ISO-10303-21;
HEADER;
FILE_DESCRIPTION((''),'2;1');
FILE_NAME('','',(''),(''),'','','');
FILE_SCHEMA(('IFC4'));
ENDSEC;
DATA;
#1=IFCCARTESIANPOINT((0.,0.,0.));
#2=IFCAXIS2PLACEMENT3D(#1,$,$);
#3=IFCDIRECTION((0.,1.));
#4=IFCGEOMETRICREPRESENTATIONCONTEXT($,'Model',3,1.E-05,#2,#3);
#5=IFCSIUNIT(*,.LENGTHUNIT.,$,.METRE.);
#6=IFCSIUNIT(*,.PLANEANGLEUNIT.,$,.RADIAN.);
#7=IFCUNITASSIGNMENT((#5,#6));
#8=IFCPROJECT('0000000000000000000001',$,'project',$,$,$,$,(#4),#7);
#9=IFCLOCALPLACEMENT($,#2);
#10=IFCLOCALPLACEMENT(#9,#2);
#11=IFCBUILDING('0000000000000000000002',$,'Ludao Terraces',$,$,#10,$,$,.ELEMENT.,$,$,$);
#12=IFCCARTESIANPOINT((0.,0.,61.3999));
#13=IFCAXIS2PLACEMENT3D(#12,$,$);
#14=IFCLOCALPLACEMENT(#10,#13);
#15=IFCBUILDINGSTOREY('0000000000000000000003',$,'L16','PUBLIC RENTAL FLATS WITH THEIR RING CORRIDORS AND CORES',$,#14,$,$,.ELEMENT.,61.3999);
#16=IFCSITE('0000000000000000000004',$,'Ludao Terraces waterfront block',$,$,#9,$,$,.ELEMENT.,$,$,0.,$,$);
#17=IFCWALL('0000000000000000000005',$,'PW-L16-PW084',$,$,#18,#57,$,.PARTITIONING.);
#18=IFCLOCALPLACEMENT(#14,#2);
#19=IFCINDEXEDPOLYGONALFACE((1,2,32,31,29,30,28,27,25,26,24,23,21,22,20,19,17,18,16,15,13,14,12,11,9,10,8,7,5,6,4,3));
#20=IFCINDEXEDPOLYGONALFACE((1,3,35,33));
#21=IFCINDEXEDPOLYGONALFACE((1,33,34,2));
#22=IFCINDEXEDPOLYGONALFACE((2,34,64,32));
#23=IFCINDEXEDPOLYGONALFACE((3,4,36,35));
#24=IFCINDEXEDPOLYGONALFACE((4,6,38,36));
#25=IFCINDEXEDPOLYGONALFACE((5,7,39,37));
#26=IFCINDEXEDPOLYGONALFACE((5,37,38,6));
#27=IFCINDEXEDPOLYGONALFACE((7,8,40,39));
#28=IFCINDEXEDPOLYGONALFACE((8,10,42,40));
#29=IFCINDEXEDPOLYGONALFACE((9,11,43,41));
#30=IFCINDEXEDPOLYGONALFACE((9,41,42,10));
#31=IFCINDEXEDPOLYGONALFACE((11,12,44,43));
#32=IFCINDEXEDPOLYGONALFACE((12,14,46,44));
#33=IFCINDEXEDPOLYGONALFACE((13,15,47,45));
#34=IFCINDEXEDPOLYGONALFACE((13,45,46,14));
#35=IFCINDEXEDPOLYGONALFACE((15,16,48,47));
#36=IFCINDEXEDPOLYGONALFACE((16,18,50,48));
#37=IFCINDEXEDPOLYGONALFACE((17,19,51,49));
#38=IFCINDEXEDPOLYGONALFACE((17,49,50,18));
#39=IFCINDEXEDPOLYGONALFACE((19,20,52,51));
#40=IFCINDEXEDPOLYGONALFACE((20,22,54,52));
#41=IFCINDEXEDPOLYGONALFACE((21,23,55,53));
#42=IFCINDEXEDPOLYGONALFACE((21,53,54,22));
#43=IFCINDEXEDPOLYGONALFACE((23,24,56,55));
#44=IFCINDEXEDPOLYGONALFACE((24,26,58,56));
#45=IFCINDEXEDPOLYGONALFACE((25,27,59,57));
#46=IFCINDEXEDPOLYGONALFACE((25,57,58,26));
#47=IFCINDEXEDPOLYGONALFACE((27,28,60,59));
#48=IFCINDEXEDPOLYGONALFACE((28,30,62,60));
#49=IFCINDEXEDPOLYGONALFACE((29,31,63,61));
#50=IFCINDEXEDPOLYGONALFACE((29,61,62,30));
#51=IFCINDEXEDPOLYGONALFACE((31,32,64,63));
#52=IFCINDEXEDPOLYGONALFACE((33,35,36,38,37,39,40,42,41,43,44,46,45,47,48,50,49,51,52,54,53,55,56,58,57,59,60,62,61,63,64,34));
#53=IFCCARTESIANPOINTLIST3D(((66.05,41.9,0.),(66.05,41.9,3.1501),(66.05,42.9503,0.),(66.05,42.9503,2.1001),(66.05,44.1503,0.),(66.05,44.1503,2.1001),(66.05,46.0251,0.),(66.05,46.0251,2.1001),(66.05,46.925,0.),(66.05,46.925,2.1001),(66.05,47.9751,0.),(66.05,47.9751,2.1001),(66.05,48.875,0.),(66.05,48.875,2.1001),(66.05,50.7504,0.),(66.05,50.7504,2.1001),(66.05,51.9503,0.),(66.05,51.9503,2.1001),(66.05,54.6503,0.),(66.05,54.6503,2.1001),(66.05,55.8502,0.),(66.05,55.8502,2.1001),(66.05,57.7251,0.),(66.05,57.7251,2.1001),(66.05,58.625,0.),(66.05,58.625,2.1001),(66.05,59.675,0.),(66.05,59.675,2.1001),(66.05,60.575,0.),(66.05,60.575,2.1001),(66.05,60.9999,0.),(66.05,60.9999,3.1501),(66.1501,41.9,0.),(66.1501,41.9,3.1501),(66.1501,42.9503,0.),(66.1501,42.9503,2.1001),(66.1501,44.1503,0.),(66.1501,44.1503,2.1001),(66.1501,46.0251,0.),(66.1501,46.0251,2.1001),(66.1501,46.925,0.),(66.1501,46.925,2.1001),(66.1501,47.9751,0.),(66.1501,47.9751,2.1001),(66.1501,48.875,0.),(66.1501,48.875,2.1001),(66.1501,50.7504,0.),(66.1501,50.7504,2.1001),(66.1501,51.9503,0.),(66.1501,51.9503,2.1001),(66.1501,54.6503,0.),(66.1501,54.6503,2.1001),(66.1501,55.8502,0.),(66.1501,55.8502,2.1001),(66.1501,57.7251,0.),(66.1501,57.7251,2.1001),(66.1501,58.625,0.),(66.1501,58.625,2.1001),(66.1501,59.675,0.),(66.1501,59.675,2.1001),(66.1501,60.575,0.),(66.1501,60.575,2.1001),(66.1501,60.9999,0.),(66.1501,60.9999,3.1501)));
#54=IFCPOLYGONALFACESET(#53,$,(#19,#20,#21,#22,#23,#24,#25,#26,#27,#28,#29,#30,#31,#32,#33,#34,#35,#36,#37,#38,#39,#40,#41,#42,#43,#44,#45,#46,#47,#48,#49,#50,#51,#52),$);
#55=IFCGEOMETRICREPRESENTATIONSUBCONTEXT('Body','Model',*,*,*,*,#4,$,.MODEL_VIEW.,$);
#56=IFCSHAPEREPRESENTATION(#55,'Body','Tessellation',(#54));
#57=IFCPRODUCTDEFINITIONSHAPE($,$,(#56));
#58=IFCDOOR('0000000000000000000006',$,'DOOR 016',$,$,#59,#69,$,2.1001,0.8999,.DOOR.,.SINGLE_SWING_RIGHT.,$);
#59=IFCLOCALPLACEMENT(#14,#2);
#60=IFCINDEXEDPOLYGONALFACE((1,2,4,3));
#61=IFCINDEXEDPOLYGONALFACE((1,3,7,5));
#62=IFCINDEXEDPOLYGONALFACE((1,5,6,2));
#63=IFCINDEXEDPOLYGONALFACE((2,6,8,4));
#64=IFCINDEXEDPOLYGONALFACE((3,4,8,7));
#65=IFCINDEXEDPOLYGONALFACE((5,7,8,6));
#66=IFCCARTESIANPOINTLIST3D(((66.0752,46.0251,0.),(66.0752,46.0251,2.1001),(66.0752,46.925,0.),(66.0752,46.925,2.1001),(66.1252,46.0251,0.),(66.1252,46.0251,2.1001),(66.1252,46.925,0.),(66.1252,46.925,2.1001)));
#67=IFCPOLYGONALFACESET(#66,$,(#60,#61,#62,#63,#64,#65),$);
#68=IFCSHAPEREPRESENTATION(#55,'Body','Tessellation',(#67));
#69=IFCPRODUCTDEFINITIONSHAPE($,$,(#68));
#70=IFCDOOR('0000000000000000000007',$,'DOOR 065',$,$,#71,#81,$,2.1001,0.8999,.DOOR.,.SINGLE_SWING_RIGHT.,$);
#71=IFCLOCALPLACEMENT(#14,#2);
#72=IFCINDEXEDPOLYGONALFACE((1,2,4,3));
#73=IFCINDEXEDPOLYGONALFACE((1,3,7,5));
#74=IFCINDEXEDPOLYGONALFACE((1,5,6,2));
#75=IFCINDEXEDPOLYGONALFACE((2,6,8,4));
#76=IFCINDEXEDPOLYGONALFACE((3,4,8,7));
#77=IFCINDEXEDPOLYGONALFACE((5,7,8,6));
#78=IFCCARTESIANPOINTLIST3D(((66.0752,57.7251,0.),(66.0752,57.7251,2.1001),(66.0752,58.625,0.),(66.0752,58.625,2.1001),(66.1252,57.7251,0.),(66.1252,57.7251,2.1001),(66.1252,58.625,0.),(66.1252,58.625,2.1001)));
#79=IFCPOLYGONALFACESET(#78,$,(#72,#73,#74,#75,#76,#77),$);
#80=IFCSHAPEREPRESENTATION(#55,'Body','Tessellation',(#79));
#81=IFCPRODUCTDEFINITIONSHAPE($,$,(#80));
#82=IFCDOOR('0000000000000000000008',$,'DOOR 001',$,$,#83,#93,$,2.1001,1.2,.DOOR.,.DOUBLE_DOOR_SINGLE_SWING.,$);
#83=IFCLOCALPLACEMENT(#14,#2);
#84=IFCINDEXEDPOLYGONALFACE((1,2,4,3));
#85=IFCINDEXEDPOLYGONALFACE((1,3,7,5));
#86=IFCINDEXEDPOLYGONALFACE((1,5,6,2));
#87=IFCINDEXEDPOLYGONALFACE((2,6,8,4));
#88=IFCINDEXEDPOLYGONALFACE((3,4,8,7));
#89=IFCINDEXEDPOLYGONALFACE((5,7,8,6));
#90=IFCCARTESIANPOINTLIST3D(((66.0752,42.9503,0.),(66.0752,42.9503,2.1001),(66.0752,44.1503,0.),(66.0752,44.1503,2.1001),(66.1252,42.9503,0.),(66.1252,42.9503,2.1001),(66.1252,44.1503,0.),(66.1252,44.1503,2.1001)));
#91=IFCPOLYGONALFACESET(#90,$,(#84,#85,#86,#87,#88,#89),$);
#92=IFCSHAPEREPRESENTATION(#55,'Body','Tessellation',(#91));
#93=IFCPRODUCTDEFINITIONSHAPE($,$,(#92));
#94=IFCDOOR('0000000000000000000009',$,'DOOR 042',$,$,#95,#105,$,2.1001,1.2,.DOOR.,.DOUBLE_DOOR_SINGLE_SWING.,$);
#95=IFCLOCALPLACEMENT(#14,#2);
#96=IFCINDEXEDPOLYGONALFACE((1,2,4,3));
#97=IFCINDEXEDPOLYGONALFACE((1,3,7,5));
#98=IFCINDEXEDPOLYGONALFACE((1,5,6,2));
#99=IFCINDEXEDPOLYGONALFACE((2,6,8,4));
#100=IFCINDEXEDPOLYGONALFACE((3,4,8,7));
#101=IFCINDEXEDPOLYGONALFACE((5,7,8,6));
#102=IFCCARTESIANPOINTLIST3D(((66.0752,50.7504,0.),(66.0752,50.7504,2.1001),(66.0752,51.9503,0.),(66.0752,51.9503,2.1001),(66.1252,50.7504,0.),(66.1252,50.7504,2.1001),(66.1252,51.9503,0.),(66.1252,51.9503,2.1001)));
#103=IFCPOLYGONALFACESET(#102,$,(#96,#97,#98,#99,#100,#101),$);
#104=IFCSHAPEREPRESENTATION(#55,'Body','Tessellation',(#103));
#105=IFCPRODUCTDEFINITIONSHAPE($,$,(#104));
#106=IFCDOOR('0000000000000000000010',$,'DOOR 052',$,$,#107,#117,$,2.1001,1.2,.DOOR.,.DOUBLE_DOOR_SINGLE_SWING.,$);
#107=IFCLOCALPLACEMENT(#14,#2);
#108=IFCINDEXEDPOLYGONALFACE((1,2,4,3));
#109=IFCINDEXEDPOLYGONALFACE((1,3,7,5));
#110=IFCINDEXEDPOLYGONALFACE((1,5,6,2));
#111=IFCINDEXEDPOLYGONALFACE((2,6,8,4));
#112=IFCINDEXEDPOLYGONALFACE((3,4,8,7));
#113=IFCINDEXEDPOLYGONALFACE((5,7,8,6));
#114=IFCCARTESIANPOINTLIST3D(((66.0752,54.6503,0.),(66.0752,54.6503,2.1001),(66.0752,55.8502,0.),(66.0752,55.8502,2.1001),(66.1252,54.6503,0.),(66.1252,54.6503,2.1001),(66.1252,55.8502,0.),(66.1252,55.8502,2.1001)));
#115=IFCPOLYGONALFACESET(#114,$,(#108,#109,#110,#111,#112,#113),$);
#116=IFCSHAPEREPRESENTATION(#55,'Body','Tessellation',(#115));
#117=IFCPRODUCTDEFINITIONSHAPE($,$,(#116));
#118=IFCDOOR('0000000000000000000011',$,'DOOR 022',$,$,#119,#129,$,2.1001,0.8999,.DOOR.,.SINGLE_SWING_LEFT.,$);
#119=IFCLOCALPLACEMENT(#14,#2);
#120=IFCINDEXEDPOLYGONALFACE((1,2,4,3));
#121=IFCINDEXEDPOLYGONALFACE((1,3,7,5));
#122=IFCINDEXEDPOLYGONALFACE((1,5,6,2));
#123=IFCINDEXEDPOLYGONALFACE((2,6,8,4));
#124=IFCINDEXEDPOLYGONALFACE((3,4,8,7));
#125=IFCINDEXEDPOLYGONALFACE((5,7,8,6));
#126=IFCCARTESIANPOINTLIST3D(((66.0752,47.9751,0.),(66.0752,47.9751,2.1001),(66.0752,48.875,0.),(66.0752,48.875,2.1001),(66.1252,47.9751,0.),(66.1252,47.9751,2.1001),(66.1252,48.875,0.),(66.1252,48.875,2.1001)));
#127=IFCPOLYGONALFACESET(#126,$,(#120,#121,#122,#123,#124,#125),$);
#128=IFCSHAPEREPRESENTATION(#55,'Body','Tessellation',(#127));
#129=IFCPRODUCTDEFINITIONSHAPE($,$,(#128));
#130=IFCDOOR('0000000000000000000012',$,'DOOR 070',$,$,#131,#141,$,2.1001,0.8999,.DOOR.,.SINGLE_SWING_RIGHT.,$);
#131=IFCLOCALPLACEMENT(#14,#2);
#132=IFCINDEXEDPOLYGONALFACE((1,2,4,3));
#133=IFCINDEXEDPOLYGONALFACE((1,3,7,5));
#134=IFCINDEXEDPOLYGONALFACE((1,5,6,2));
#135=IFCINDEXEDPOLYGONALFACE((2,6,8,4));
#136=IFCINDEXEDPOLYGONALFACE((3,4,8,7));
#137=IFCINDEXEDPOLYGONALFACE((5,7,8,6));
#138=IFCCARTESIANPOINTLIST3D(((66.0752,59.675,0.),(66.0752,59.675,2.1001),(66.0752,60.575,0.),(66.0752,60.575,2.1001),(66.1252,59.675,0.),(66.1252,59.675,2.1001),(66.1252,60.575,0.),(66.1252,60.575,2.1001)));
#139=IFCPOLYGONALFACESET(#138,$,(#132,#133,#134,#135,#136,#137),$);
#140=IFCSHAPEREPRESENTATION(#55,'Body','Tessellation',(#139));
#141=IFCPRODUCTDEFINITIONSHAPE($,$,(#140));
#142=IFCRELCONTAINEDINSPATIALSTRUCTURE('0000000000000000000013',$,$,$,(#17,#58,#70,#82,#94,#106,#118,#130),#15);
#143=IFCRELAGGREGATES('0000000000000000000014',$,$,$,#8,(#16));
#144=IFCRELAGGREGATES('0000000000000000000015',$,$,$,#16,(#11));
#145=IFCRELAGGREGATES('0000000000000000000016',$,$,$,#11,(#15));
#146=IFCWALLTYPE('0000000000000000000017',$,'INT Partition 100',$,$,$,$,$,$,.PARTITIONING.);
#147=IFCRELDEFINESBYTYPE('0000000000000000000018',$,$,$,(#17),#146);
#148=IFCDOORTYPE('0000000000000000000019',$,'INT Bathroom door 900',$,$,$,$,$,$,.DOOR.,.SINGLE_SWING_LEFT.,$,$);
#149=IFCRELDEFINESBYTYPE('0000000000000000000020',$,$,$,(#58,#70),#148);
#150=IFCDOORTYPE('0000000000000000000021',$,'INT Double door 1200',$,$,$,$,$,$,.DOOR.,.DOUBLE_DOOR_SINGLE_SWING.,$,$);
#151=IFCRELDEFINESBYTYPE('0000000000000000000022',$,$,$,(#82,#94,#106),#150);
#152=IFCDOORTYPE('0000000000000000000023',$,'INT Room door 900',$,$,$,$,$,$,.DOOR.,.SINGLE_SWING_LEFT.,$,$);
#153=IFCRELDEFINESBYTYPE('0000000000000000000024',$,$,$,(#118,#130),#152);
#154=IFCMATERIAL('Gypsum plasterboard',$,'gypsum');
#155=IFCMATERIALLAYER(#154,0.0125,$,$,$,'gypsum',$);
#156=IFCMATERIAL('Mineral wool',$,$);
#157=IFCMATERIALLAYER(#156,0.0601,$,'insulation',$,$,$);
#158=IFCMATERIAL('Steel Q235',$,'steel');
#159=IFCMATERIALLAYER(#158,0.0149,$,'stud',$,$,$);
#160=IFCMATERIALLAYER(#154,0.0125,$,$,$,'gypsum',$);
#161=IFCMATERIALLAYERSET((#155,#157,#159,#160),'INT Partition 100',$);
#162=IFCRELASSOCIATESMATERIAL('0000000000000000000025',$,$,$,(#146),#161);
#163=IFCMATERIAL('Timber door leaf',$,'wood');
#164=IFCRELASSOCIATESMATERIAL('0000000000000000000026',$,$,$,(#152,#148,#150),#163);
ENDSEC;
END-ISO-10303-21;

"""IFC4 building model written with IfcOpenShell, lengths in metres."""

from ifc_helpers import new_model, si_unit, direction, frame, frame_2d, origin, place, context, subcontext, project, spatial, rectangle, extrude, material, layer, layer_set, type_object, element, fill, save


model = new_model("IFC4")

# Units and contexts
model_context = context("Model", 3, precision=1e-05, world=origin(), true_north=direction((0.0, 1.0)))
body_context = subcontext(model_context, "Body", "Model", "MODEL_VIEW")
ifc_project = project(units=[si_unit("LENGTHUNIT", "METRE"), si_unit("PLANEANGLEUNIT", "RADIAN")], contexts=[model_context])

# Site, building, storey
site_placement = place(None, origin())
site = spatial("IfcSite", under=ifc_project, at=site_placement, Name="Ludao Terraces waterfront block", CompositionType="ELEMENT", RefElevation=0.0)
building_placement = place(site_placement, origin())
building = spatial("IfcBuilding", under=site, at=building_placement, Name="Ludao Terraces", CompositionType="ELEMENT")
storey_placement = place(building_placement, frame((0.0, 0.0, 61.3999)))
storey = spatial("IfcBuildingStorey", under=building, at=storey_placement, Name="L16", Description="PUBLIC RENTAL FLATS WITH THEIR RING CORRIDORS AND CORES", CompositionType="ELEMENT", Elevation=61.3999)

# Shared definitions
ifc_material_1 = material(Name="Mineral wool")

# Shared definitions
ifc_material_2 = material(Name="Gypsum plasterboard", Category="gypsum")
ifc_layer_1 = layer(ifc_material_2, 0.0125, Category="gypsum")
ifc_layer_2 = layer(ifc_material_1, 0.0601, Name="insulation")
ifc_material_3 = material(Name="Steel Q235", Category="steel")
ifc_layer_3 = layer(ifc_material_3, 0.0149, Name="stud")
ifc_layer_4 = layer(ifc_material_2, 0.0125, Category="gypsum")
ifc_layer_set_1 = layer_set([ifc_layer_1, ifc_layer_2, ifc_layer_3, ifc_layer_4], Name="INT Partition 100")
wall_type_1 = type_object("IfcWallType", Name="INT Partition 100", PredefinedType="PARTITIONING", material=ifc_layer_set_1)
ifc_material_4 = material(Name="Timber door leaf", Category="wood")
door_type_1 = type_object("IfcDoorType", Name="INT Room door 900", OperationType="SINGLE_SWING_LEFT", PredefinedType="DOOR", material=ifc_material_4)

# Wall, openings, doors
wall_1_placement = place(storey_placement, frame((66.1001, 41.9001, 0.0), z_axis=(0.0, 0.0, 1.0), x_axis=(0.0, 1.0, 0.0)))
wall_1 = element("IfcWall", 1, at=wall_1_placement, inside=storey, type_object=wall_type_1, Name="PW-L16-PW084", PredefinedType="PARTITIONING", context=body_context, shape_type="SweptSolid", body=[
    extrude(rectangle(XDim=19.0999, YDim=0.1001, at=frame_2d((9.5498, 0.0))), origin(), (0.0, 0.0, 1.0), 3.1501),
])
opening_1_placement = place(wall_1_placement, frame((1.05, 0.0, 0.0)))
opening_1 = element("IfcOpeningElement", 2, at=opening_1_placement, cuts=wall_1, PredefinedType="OPENING", context=body_context, shape_type="SweptSolid", body=[
    extrude(rectangle(XDim=1.2, YDim=2.1001, at=frame_2d((0.6001, 1.05))), frame((0.0, 0.0601, 0.0), z_axis=(0.0, -1.0, 0.0), x_axis=(1.0, 0.0, 0.0)), (0.0, 0.0, 1.0), 0.1201),
])
opening_2_placement = place(wall_1_placement, frame((4.125, 0.0, 0.0)))
opening_2 = element("IfcOpeningElement", 3, at=opening_2_placement, cuts=wall_1, PredefinedType="OPENING", context=body_context, shape_type="SweptSolid", body=[
    extrude(rectangle(XDim=0.8999, YDim=2.1001, at=frame_2d((0.45, 1.05))), frame((0.0, 0.0601, 0.0), z_axis=(0.0, -1.0, 0.0), x_axis=(1.0, 0.0, 0.0)), (0.0, 0.0, 1.0), 0.1201),
])
opening_3_placement = place(wall_1_placement, frame((6.075, 0.0, 0.0)))
opening_3 = element("IfcOpeningElement", 4, at=opening_3_placement, cuts=wall_1, PredefinedType="OPENING", context=body_context, shape_type="SweptSolid", body=[
    extrude(rectangle(XDim=0.8999, YDim=2.1001, at=frame_2d((0.45, 1.05))), frame((0.0, 0.0601, 0.0), z_axis=(0.0, -1.0, 0.0), x_axis=(1.0, 0.0, 0.0)), (0.0, 0.0, 1.0), 0.1201),
])
opening_4_placement = place(wall_1_placement, frame((8.8501, 0.0, 0.0)))
opening_4 = element("IfcOpeningElement", 5, at=opening_4_placement, cuts=wall_1, PredefinedType="OPENING", context=body_context, shape_type="SweptSolid", body=[
    extrude(rectangle(XDim=1.2, YDim=2.1001, at=frame_2d((0.6001, 1.05))), frame((0.0, 0.0601, 0.0), z_axis=(0.0, -1.0, 0.0), x_axis=(1.0, 0.0, 0.0)), (0.0, 0.0, 1.0), 0.1201),
])
opening_5_placement = place(wall_1_placement, frame((12.75, 0.0, 0.0)))
opening_5 = element("IfcOpeningElement", 6, at=opening_5_placement, cuts=wall_1, PredefinedType="OPENING", context=body_context, shape_type="SweptSolid", body=[
    extrude(rectangle(XDim=1.2, YDim=2.1001, at=frame_2d((0.6001, 1.05))), frame((0.0, 0.0601, 0.0), z_axis=(0.0, -1.0, 0.0), x_axis=(1.0, 0.0, 0.0)), (0.0, 0.0, 1.0), 0.1201),
])
opening_6_placement = place(wall_1_placement, frame((15.825, 0.0, 0.0)))
opening_6 = element("IfcOpeningElement", 7, at=opening_6_placement, cuts=wall_1, PredefinedType="OPENING", context=body_context, shape_type="SweptSolid", body=[
    extrude(rectangle(XDim=0.8999, YDim=2.1001, at=frame_2d((0.45, 1.05))), frame((0.0, 0.0601, 0.0), z_axis=(0.0, -1.0, 0.0), x_axis=(1.0, 0.0, 0.0)), (0.0, 0.0, 1.0), 0.1201),
])
opening_7_placement = place(wall_1_placement, frame((17.7749, 0.0, 0.0)))
opening_7 = element("IfcOpeningElement", 8, at=opening_7_placement, cuts=wall_1, PredefinedType="OPENING", context=body_context, shape_type="SweptSolid", body=[
    extrude(rectangle(XDim=0.8999, YDim=2.1001, at=frame_2d((0.45, 1.05))), frame((0.0, 0.0601, 0.0), z_axis=(0.0, -1.0, 0.0), x_axis=(1.0, 0.0, 0.0)), (0.0, 0.0, 1.0), 0.1201),
])
door_type_2 = type_object("IfcDoorType", Name="INT Bathroom door 900", OperationType="SINGLE_SWING_LEFT", PredefinedType="DOOR", material=ifc_material_4)
door_1_placement = place(opening_2_placement, origin())
door_1 = element("IfcDoor", 9, at=door_1_placement, inside=storey, type_object=door_type_2, Name="DOOR 016", OperationType="SINGLE_SWING_RIGHT", OverallHeight=2.1001, OverallWidth=0.8999, PredefinedType="DOOR", context=body_context, shape_type="SweptSolid", body=[
    extrude(rectangle(XDim=0.8999, YDim=2.1001, at=frame_2d((0.45, 1.05))), frame((0.0, 0.0249, 0.0), z_axis=(0.0, -1.0, 0.0), x_axis=(1.0, 0.0, 0.0)), (0.0, 0.0, 1.0), 0.05),
])
fill(opening_2, door_1)
door_2_placement = place(opening_6_placement, origin())
door_2 = element("IfcDoor", 10, at=door_2_placement, inside=storey, type_object=door_type_2, Name="DOOR 065", OperationType="SINGLE_SWING_RIGHT", OverallHeight=2.1001, OverallWidth=0.8999, PredefinedType="DOOR", context=body_context, shape_type="SweptSolid", body=[
    extrude(rectangle(XDim=0.8999, YDim=2.1001, at=frame_2d((0.45, 1.05))), frame((0.0, 0.0249, 0.0), z_axis=(0.0, -1.0, 0.0), x_axis=(1.0, 0.0, 0.0)), (0.0, 0.0, 1.0), 0.05),
])
fill(opening_6, door_2)
door_type_3 = type_object("IfcDoorType", Name="INT Double door 1200", OperationType="DOUBLE_DOOR_SINGLE_SWING", PredefinedType="DOOR", material=ifc_material_4)
door_3_placement = place(opening_1_placement, origin())
door_3 = element("IfcDoor", 11, at=door_3_placement, inside=storey, type_object=door_type_3, Name="DOOR 001", OperationType="DOUBLE_DOOR_SINGLE_SWING", OverallHeight=2.1001, OverallWidth=1.2, PredefinedType="DOOR", context=body_context, shape_type="SweptSolid", body=[
    extrude(rectangle(XDim=1.2, YDim=2.1001, at=frame_2d((0.6001, 1.05))), frame((0.0, 0.0249, 0.0), z_axis=(0.0, -1.0, 0.0), x_axis=(1.0, 0.0, 0.0)), (0.0, 0.0, 1.0), 0.05),
])
fill(opening_1, door_3)
door_4_placement = place(opening_4_placement, origin())
door_4 = element("IfcDoor", 12, at=door_4_placement, inside=storey, type_object=door_type_3, Name="DOOR 042", OperationType="DOUBLE_DOOR_SINGLE_SWING", OverallHeight=2.1001, OverallWidth=1.2, PredefinedType="DOOR", context=body_context, shape_type="SweptSolid", body=[
    extrude(rectangle(XDim=1.2, YDim=2.1001, at=frame_2d((0.6001, 1.05))), frame((0.0, 0.0249, 0.0), z_axis=(0.0, -1.0, 0.0), x_axis=(1.0, 0.0, 0.0)), (0.0, 0.0, 1.0), 0.05),
])
fill(opening_4, door_4)
door_5_placement = place(opening_5_placement, origin())
door_5 = element("IfcDoor", 13, at=door_5_placement, inside=storey, type_object=door_type_3, Name="DOOR 052", OperationType="DOUBLE_DOOR_SINGLE_SWING", OverallHeight=2.1001, OverallWidth=1.2, PredefinedType="DOOR", context=body_context, shape_type="SweptSolid", body=[
    extrude(rectangle(XDim=1.2, YDim=2.1001, at=frame_2d((0.6001, 1.05))), frame((0.0, 0.0249, 0.0), z_axis=(0.0, -1.0, 0.0), x_axis=(1.0, 0.0, 0.0)), (0.0, 0.0, 1.0), 0.05),
])
fill(opening_5, door_5)
door_6_placement = place(opening_3_placement, origin())
door_6 = element("IfcDoor", 14, at=door_6_placement, inside=storey, type_object=door_type_1, Name="DOOR 022", OperationType="SINGLE_SWING_LEFT", OverallHeight=2.1001, OverallWidth=0.8999, PredefinedType="DOOR", context=body_context, shape_type="SweptSolid", body=[
    extrude(rectangle(XDim=0.8999, YDim=2.1001, at=frame_2d((0.45, 1.05))), frame((0.0, 0.0249, 0.0), z_axis=(0.0, -1.0, 0.0), x_axis=(1.0, 0.0, 0.0)), (0.0, 0.0, 1.0), 0.05),
])
fill(opening_3, door_6)
door_7_placement = place(opening_7_placement, origin())
door_7 = element("IfcDoor", 15, at=door_7_placement, inside=storey, type_object=door_type_1, Name="DOOR 070", OperationType="SINGLE_SWING_RIGHT", OverallHeight=2.1001, OverallWidth=0.8999, PredefinedType="DOOR", context=body_context, shape_type="SweptSolid", body=[
    extrude(rectangle(XDim=0.8999, YDim=2.1001, at=frame_2d((0.45, 1.05))), frame((0.0, 0.0249, 0.0), z_axis=(0.0, -1.0, 0.0), x_axis=(1.0, 0.0, 0.0)), (0.0, 0.0, 1.0), 0.05),
])
fill(opening_7, door_7)

save(model, "model.ifc")
